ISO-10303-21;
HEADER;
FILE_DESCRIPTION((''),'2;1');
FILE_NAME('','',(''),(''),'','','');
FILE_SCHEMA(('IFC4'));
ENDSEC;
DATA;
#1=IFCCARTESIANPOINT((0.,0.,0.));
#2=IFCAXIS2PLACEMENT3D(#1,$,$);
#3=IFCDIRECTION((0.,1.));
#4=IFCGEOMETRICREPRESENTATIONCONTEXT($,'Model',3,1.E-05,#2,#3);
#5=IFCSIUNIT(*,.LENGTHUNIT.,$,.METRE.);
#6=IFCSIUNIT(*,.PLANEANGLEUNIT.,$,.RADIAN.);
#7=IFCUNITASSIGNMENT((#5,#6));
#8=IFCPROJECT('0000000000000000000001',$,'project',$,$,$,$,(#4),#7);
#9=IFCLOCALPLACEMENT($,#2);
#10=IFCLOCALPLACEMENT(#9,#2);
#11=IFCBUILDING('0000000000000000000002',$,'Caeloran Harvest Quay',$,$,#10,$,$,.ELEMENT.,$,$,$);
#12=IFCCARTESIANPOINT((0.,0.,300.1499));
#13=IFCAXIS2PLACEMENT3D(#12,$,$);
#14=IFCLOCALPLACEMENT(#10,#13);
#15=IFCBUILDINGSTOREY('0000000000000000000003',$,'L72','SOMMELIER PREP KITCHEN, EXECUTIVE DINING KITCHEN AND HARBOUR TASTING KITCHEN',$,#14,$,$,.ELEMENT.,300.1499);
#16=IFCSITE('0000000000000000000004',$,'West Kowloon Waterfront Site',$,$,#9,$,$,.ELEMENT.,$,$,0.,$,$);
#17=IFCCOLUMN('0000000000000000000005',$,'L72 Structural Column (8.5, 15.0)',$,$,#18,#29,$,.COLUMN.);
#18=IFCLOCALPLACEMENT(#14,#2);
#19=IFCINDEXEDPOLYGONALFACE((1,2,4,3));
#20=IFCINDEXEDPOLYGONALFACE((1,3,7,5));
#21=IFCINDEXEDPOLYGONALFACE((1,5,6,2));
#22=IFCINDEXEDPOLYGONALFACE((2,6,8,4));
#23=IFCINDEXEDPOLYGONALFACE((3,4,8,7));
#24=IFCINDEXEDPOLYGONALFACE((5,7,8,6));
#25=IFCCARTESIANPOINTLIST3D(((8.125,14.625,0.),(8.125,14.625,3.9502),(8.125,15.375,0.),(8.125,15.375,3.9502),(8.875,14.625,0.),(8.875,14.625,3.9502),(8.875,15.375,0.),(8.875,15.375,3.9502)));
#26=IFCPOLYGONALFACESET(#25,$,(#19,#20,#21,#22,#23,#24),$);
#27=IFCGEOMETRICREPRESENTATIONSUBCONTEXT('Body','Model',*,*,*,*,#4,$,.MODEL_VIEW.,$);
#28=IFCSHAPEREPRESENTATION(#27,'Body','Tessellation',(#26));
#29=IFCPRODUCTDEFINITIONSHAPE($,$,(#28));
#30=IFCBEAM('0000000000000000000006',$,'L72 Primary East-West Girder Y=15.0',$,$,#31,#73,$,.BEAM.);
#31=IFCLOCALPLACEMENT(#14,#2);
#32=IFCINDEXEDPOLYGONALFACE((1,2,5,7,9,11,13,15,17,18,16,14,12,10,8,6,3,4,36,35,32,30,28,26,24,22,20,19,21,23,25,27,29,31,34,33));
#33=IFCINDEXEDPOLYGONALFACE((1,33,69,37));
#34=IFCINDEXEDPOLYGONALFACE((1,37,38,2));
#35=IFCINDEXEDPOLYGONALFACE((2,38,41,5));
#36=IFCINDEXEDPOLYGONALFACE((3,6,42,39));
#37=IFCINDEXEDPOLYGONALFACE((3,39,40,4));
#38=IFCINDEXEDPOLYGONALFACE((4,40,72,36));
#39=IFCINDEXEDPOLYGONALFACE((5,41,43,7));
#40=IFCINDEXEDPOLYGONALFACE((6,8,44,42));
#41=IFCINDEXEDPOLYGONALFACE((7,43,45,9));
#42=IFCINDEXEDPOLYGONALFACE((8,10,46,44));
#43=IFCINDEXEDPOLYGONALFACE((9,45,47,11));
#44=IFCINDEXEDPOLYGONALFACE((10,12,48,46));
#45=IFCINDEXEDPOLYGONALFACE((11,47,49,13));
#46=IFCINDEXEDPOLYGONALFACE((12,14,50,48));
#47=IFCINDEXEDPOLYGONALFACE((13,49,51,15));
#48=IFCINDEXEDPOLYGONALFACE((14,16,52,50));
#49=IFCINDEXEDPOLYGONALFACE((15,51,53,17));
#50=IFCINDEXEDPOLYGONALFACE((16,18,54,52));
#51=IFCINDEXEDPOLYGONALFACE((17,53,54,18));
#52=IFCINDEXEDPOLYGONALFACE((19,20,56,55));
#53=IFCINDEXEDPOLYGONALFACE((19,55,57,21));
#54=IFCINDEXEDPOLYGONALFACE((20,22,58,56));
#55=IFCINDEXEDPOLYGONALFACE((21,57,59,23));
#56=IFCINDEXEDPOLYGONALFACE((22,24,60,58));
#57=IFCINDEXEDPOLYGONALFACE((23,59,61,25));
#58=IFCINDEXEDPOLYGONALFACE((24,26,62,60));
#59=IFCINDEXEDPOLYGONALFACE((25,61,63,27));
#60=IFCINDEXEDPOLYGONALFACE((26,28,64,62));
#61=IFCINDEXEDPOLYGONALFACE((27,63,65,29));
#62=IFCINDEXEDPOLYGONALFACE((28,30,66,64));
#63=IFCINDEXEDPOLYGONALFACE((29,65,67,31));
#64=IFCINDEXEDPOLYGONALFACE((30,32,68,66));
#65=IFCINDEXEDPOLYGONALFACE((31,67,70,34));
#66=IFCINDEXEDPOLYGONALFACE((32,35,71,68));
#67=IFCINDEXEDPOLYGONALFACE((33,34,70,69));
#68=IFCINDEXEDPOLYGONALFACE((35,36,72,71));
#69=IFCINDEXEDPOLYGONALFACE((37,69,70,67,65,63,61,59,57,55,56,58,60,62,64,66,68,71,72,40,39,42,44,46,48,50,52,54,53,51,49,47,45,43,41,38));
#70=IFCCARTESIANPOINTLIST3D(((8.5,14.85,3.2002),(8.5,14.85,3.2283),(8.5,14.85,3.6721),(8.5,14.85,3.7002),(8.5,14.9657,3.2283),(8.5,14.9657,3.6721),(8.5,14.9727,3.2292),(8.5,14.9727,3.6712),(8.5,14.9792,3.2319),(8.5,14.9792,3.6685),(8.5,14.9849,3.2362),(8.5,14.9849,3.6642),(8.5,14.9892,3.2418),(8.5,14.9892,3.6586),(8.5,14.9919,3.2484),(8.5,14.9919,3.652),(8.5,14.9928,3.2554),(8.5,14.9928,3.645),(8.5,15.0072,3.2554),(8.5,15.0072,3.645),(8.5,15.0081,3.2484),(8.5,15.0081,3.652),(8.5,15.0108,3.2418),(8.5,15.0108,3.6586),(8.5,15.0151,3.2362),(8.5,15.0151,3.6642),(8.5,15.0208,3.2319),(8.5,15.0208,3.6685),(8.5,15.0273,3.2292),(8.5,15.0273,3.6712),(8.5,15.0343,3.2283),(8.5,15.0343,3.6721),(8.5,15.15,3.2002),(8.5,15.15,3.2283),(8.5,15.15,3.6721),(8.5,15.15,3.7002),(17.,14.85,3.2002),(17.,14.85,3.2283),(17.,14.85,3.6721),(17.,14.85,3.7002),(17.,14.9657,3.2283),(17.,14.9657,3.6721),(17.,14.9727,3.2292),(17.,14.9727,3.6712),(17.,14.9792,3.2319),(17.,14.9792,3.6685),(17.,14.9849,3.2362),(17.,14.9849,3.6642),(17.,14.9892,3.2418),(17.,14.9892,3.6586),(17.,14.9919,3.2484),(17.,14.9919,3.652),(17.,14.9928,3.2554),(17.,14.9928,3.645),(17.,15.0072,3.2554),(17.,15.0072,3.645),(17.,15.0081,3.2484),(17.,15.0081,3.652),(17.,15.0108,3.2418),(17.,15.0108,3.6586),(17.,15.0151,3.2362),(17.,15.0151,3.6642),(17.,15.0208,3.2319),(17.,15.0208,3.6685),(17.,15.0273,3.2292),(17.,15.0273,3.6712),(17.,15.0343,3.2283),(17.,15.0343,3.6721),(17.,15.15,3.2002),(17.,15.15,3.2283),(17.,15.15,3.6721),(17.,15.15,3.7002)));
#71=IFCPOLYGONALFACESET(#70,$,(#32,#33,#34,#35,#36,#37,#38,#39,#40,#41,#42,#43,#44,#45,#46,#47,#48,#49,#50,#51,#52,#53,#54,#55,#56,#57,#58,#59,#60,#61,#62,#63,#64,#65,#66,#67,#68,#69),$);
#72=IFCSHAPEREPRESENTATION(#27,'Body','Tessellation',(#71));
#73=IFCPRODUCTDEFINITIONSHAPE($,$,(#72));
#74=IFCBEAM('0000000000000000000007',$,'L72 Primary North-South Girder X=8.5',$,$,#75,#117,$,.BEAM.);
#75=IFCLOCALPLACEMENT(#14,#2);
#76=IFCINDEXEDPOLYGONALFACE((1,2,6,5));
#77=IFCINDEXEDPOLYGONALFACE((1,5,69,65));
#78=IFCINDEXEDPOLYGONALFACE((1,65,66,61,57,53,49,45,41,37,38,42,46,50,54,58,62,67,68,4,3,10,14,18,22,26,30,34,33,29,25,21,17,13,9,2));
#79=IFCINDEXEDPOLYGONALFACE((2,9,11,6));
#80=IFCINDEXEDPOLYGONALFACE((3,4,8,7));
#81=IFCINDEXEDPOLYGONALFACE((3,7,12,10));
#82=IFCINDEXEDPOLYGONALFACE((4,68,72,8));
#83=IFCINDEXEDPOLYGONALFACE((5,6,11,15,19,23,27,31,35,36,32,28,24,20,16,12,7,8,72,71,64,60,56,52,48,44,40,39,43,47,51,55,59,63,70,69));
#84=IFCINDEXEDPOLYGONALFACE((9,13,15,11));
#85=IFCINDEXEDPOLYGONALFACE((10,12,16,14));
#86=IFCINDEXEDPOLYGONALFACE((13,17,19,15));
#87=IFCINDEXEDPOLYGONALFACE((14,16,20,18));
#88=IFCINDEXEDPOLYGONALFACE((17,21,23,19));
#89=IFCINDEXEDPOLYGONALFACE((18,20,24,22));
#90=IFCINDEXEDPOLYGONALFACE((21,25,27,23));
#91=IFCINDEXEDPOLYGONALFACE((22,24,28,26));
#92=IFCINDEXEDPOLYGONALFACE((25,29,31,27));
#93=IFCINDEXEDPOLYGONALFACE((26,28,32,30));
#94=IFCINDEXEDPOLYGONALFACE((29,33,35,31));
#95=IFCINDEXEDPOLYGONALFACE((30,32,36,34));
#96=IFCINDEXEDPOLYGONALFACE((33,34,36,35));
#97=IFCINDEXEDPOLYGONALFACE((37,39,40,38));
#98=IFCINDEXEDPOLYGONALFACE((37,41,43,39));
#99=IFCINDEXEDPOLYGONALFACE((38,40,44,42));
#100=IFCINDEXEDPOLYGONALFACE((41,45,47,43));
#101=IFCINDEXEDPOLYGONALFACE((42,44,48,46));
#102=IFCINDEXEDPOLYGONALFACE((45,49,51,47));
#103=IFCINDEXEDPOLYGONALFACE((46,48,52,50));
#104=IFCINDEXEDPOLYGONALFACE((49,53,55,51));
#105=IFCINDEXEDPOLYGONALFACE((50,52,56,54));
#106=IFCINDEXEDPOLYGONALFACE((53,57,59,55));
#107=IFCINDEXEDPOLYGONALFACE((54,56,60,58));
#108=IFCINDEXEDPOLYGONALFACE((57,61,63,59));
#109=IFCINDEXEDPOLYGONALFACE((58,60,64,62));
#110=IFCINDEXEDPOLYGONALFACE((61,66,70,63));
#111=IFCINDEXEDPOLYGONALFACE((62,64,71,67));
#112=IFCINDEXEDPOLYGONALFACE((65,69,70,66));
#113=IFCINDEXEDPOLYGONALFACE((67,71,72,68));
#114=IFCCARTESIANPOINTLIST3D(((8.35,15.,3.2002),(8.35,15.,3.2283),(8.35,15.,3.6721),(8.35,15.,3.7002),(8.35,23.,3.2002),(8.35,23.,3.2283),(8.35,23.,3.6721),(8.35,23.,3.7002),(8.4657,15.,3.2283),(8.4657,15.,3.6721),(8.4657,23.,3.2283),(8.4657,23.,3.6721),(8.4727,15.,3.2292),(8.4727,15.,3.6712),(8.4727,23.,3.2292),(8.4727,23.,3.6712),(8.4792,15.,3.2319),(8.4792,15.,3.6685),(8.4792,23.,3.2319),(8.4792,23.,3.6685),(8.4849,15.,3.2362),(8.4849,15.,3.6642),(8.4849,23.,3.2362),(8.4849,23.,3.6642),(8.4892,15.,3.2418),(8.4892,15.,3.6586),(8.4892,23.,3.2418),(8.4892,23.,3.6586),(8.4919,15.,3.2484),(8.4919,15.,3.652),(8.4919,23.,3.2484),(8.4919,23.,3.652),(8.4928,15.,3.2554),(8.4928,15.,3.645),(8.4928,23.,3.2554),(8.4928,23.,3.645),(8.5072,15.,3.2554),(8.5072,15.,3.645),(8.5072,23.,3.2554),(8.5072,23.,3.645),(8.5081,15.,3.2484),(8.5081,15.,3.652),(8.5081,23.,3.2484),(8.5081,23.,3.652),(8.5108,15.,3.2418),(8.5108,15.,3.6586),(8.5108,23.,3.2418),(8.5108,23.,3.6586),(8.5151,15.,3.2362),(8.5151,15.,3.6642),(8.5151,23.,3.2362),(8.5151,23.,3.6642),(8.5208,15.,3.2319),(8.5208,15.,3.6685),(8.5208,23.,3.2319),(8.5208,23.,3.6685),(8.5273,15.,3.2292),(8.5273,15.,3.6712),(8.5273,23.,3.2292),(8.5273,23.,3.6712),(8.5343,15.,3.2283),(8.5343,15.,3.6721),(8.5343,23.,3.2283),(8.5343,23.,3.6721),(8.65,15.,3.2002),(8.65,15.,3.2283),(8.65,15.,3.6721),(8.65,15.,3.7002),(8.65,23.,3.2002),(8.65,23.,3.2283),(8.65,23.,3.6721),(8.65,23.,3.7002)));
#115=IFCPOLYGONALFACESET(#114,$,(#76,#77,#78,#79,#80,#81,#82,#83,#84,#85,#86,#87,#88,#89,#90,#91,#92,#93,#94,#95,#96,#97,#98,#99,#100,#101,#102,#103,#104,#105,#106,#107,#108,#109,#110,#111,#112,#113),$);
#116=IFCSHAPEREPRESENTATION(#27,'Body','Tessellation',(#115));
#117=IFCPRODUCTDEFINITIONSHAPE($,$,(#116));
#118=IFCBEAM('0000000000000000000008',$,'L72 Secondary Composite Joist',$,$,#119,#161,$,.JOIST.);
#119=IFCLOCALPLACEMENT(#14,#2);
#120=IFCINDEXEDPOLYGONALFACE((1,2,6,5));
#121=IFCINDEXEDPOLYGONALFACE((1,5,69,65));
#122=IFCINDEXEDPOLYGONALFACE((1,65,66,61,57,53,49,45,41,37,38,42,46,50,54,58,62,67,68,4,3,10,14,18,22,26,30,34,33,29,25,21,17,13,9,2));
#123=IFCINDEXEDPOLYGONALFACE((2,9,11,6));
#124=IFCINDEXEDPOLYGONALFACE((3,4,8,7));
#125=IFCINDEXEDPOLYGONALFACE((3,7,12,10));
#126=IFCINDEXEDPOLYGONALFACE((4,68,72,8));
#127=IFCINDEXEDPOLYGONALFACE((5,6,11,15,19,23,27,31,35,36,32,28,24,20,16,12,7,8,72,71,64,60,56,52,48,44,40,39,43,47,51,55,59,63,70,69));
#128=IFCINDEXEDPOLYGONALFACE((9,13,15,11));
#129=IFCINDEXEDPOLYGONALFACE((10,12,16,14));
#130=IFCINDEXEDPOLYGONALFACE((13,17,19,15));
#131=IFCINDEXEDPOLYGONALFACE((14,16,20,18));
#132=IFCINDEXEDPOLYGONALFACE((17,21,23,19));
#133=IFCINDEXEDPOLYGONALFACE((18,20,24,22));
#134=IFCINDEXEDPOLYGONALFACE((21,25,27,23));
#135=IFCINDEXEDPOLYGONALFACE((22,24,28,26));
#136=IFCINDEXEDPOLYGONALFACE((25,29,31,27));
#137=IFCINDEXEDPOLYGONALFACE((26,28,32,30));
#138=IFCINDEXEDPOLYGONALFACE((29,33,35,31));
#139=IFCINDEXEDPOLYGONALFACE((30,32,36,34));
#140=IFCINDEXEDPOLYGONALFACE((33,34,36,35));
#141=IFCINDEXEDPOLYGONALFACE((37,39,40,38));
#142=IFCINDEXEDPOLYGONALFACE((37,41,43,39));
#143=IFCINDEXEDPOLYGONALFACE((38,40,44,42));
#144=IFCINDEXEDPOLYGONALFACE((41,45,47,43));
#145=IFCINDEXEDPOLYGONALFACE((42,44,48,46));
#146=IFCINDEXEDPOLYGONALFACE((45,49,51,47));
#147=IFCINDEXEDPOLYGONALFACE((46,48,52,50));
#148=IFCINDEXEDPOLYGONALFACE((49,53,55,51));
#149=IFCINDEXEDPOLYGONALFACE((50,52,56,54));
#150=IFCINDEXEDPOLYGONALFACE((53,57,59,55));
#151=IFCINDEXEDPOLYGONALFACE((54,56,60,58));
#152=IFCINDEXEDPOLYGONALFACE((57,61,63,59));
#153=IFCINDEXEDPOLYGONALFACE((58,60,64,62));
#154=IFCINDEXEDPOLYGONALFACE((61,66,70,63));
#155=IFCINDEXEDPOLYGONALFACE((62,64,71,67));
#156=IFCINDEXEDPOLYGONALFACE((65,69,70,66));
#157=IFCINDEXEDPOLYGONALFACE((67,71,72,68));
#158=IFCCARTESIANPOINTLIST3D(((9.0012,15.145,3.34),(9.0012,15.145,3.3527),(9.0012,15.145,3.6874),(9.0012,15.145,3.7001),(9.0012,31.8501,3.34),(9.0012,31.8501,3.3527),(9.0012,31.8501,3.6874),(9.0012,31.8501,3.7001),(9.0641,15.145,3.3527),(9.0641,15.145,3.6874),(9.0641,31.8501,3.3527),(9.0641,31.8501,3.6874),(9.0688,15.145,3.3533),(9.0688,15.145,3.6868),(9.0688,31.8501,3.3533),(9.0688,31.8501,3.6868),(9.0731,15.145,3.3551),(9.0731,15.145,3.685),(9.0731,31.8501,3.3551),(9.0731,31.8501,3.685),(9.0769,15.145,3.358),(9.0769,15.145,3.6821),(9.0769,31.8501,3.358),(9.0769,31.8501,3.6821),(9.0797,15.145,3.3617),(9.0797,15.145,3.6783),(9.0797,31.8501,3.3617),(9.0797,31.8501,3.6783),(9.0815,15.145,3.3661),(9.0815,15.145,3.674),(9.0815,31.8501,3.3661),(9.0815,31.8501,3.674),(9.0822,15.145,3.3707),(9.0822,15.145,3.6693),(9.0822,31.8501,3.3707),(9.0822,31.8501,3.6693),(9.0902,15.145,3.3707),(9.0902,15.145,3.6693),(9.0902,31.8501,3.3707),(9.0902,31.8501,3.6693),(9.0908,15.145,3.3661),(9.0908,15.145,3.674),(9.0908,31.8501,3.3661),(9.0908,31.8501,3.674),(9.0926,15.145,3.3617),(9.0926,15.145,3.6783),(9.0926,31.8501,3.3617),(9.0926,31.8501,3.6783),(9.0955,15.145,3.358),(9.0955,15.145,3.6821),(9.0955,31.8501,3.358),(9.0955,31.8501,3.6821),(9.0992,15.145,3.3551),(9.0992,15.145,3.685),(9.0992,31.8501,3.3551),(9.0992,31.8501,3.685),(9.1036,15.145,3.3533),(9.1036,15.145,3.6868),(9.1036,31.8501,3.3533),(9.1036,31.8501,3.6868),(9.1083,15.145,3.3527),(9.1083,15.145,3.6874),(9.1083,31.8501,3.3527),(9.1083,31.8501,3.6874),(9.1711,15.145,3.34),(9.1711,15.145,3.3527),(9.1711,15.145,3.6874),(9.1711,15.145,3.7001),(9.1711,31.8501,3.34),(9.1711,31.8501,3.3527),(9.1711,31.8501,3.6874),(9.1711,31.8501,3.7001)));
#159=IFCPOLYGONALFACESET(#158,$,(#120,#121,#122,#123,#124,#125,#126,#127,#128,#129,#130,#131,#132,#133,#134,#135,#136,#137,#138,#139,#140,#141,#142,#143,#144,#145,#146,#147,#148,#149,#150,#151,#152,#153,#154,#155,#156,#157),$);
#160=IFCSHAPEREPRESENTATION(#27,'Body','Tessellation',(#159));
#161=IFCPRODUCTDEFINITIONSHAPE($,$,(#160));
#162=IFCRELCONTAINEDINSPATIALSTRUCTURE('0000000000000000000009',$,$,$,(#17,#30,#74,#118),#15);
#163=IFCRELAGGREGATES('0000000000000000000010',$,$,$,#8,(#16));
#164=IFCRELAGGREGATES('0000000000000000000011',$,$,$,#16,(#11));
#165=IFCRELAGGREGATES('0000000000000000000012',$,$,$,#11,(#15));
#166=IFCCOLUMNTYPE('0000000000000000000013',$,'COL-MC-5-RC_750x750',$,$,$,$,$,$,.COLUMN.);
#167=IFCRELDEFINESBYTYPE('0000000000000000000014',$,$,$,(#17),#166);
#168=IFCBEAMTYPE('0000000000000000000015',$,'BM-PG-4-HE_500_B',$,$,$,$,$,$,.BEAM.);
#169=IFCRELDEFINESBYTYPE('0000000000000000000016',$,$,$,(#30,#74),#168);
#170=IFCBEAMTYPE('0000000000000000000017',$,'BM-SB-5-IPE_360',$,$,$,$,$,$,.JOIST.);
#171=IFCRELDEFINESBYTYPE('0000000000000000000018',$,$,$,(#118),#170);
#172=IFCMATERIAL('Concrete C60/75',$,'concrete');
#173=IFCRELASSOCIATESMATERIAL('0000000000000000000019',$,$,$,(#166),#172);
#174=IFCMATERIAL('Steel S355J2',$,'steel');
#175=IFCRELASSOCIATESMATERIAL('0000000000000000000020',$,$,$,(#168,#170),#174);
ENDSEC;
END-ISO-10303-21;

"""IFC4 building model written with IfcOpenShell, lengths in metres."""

from ifc_helpers import new_model, si_unit, direction, frame, origin, origin_2d, place, context, subcontext, project, spatial, rectangle, i_section, extrude, material, material_profile, profile_set, type_object, element, save


model = new_model("IFC4")

# Units and contexts
model_context = context("Model", 3, precision=1e-05, world=origin(), true_north=direction((0.0, 1.0)))
body_context = subcontext(model_context, "Body", "Model", "MODEL_VIEW")
ifc_project = project(units=[si_unit("LENGTHUNIT", "METRE"), si_unit("PLANEANGLEUNIT", "RADIAN")], contexts=[model_context])

# Site, building, storey
site_placement = place(None, origin())
site = spatial("IfcSite", under=ifc_project, at=site_placement, Name="West Kowloon Waterfront Site", CompositionType="ELEMENT", RefElevation=0.0)
building_placement = place(site_placement, origin())
building = spatial("IfcBuilding", under=site, at=building_placement, Name="Caeloran Harvest Quay", CompositionType="ELEMENT")
storey_placement = place(building_placement, frame((0.0, 0.0, 300.1499)))
storey = spatial("IfcBuildingStorey", under=building, at=storey_placement, Name="L72", Description="SOMMELIER PREP KITCHEN, EXECUTIVE DINING KITCHEN AND HARBOUR TASTING KITCHEN", CompositionType="ELEMENT", Elevation=300.1499)

# Column
ifc_material_1 = material(Name="Concrete C60/75", Category="concrete")
ifc_material_profile_1 = material_profile(ifc_material_1, rectangle(XDim=0.75, YDim=0.75, at=origin_2d()), Name="RC 750x750")
ifc_profile_set_1 = profile_set([ifc_material_profile_1], Name="Concrete C60/75")
column_type = type_object("IfcColumnType", Name="COL-MC-5-RC_750x750", PredefinedType="COLUMN", material=ifc_profile_set_1)
column_placement = place(storey_placement, frame((8.5, 15.0, 0.0), z_axis=(0.0, 0.0, 1.0), x_axis=(1.0, 0.0, 0.0)))
element("IfcColumn", 1, at=column_placement, inside=storey, type_object=column_type, Name="L72 Structural Column (8.5, 15.0)", PredefinedType="COLUMN", context=body_context, shape_type="SweptSolid", body=[
    extrude(rectangle(XDim=0.75, YDim=0.75, at=origin_2d()), origin(), (0.0, 0.0, 1.0), 3.9502),
])

# Beams
ifc_material_2 = material(Name="Steel S355J2", Category="steel")
ifc_material_profile_2 = material_profile(ifc_material_2, i_section(OverallWidth=0.3, OverallDepth=0.5, WebThickness=0.0144, FlangeThickness=0.0281, FilletRadius=0.0271, at=origin_2d()), Name="HE 500 B")
ifc_profile_set_2 = profile_set([ifc_material_profile_2], Name="Steel S355J2")
beam_type_1 = type_object("IfcBeamType", Name="BM-PG-4-HE_500_B", PredefinedType="BEAM", material=ifc_profile_set_2)
beam_1_placement = place(storey_placement, frame((8.5, 15.0, 3.4502), z_axis=(1.0, 0.0, 0.0), x_axis=(0.0, 1.0, 0.0)))
element("IfcBeam", 2, at=beam_1_placement, inside=storey, type_object=beam_type_1, Name="L72 Primary East-West Girder Y=15.0", PredefinedType="BEAM", context=body_context, shape_type="SweptSolid", body=[
    extrude(i_section(OverallWidth=0.3, OverallDepth=0.5, WebThickness=0.0144, FlangeThickness=0.0281, FilletRadius=0.0271, at=origin_2d()), origin(), (0.0, 0.0, 1.0), 8.5),
])
beam_2_placement = place(storey_placement, frame((8.5, 15.0, 3.4502), z_axis=(0.0, 1.0, 0.0), x_axis=(-1.0, 0.0, 0.0)))
element("IfcBeam", 3, at=beam_2_placement, inside=storey, type_object=beam_type_1, Name="L72 Primary North-South Girder X=8.5", PredefinedType="BEAM", context=body_context, shape_type="SweptSolid", body=[
    extrude(i_section(OverallWidth=0.3, OverallDepth=0.5, WebThickness=0.0144, FlangeThickness=0.0281, FilletRadius=0.0271, at=origin_2d()), origin(), (0.0, 0.0, 1.0), 8.0),
])
ifc_material_profile_3 = material_profile(ifc_material_2, i_section(OverallWidth=0.1699, OverallDepth=0.3601, WebThickness=0.0081, FlangeThickness=0.0127, FilletRadius=0.0181, at=origin_2d()), Name="IPE 360")
ifc_profile_set_3 = profile_set([ifc_material_profile_3], Name="Steel S355J2")
beam_type_2 = type_object("IfcBeamType", Name="BM-SB-5-IPE_360", PredefinedType="JOIST", material=ifc_profile_set_3)
for number, where, z_axis, x_axis, name in (
    (4, (9.0862, 15.145, 3.52), (0.0, 1.0, 0.0), (-1.0, 0.0, 0.0), "L72 Secondary Composite Joist"),
):
    element("IfcBeam", number, at=place(storey_placement, frame(where, z_axis=z_axis, x_axis=x_axis)), inside=storey, type_object=beam_type_2, Name=name, PredefinedType="JOIST", context=body_context, shape_type="SweptSolid", body=[
        extrude(i_section(OverallWidth=0.1699, OverallDepth=0.3601, WebThickness=0.0081, FlangeThickness=0.0127, FilletRadius=0.0181, at=origin_2d()), origin(), (0.0, 0.0, 1.0), 16.7051),
    ])

save(model, "model.ifc")
